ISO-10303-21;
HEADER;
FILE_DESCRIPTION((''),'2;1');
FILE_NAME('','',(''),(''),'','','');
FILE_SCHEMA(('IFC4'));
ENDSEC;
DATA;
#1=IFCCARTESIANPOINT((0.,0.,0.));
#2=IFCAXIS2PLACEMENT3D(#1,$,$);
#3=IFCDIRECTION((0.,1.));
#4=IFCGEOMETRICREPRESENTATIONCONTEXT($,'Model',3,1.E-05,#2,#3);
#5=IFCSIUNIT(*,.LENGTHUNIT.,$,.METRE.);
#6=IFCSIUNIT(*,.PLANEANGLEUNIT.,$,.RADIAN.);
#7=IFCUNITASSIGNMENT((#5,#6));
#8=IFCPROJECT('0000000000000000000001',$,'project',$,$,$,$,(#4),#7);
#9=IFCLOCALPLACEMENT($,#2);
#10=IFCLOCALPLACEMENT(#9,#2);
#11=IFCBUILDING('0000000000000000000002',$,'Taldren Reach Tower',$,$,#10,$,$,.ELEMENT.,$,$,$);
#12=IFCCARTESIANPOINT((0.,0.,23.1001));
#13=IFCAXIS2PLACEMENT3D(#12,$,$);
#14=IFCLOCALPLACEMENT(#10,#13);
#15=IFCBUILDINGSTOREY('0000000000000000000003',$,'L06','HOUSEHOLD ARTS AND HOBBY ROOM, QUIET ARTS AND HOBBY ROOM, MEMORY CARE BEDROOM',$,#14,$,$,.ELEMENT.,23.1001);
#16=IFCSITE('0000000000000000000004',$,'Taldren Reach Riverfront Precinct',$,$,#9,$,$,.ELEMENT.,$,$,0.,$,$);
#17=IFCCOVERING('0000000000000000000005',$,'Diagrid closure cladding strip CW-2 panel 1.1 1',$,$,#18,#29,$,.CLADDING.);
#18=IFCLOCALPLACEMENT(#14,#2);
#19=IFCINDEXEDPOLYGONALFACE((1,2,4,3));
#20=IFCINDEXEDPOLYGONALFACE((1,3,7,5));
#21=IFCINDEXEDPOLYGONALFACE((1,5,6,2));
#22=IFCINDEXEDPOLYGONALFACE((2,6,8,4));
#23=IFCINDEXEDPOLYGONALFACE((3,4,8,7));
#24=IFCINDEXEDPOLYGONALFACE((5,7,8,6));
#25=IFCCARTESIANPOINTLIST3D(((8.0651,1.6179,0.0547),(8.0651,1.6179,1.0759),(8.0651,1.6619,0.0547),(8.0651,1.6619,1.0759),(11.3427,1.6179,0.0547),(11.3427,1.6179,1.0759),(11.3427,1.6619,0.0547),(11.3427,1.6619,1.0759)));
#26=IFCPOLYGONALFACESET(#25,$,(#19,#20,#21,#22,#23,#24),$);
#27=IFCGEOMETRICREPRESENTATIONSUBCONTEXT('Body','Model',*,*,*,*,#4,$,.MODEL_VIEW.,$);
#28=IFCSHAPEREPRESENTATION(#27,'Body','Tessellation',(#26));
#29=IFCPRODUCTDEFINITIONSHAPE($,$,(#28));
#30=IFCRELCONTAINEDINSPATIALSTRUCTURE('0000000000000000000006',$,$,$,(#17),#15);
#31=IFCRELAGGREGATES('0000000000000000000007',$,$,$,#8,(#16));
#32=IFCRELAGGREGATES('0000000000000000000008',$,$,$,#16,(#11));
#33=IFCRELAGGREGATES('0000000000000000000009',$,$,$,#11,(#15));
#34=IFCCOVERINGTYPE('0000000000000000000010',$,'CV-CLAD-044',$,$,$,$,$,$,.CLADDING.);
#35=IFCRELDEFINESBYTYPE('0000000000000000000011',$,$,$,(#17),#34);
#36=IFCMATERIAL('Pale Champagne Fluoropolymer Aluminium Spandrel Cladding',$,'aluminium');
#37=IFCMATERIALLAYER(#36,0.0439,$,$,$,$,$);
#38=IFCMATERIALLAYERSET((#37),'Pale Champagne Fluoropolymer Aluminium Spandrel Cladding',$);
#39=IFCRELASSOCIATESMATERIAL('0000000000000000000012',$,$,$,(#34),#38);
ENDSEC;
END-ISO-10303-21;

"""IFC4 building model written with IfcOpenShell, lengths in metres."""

from ifc_helpers import new_model, si_unit, direction, frame, origin, origin_2d, place, context, subcontext, project, spatial, rectangle, extrude, source, transform, mapped, material, layer, layer_set, type_object, element, save


model = new_model("IFC4")

# Units and contexts
model_context = context("Model", 3, precision=1e-05, world=origin(), true_north=direction((0.0, 1.0)))
body_context = subcontext(model_context, "Body", "Model", "MODEL_VIEW")
ifc_project = project(units=[si_unit("LENGTHUNIT", "METRE"), si_unit("PLANEANGLEUNIT", "RADIAN")], contexts=[model_context])

# Site, building, storey
site_placement = place(None, origin())
site = spatial("IfcSite", under=ifc_project, at=site_placement, Name="Taldren Reach Riverfront Precinct", CompositionType="ELEMENT", RefElevation=0.0)
building_placement = place(site_placement, origin())
building = spatial("IfcBuilding", under=site, at=building_placement, Name="Taldren Reach Tower", CompositionType="ELEMENT")
storey_placement = place(building_placement, frame((0.0, 0.0, 23.1001)))
storey = spatial("IfcBuildingStorey", under=building, at=storey_placement, Name="L06", Description="HOUSEHOLD ARTS AND HOBBY ROOM, QUIET ARTS AND HOBBY ROOM, MEMORY CARE BEDROOM", CompositionType="ELEMENT", Elevation=23.1001)

# Covering
ifc_material_1 = material(Name="Pale Champagne Fluoropolymer Aluminium Spandrel Cladding", Category="aluminium")
ifc_layer_1 = layer(ifc_material_1, 0.0439)
ifc_layer_set_1 = layer_set([ifc_layer_1], Name="Pale Champagne Fluoropolymer Aluminium Spandrel Cladding")
covering_type = type_object("IfcCoveringType", Name="CV-CLAD-044", PredefinedType="CLADDING", material=ifc_layer_set_1)
shared_shape_1 = source(origin(), body_context, "Body", "SweptSolid", [
    extrude(rectangle(XDim=3.2776, YDim=0.0439, at=origin_2d()), origin(), (0.0, 0.0, 1.0), 1.0212),
])
covering_1_placement = place(storey_placement, frame((9.7039, 1.6399, 0.0547), z_axis=(0.0, 0.0, 1.0), x_axis=(1.0, 0.0, 0.0)))
element("IfcCovering", 1, at=covering_1_placement, inside=storey, type_object=covering_type, Name="Diagrid closure cladding strip CW-2 panel 1.1 1", PredefinedType="CLADDING", context=body_context, shape_type="MappedRepresentation", body=[
    mapped(shared_shape_1, transform((0.0, 0.0, 0.0), scale=1.0)),
])

save(model, "model.ifc")
